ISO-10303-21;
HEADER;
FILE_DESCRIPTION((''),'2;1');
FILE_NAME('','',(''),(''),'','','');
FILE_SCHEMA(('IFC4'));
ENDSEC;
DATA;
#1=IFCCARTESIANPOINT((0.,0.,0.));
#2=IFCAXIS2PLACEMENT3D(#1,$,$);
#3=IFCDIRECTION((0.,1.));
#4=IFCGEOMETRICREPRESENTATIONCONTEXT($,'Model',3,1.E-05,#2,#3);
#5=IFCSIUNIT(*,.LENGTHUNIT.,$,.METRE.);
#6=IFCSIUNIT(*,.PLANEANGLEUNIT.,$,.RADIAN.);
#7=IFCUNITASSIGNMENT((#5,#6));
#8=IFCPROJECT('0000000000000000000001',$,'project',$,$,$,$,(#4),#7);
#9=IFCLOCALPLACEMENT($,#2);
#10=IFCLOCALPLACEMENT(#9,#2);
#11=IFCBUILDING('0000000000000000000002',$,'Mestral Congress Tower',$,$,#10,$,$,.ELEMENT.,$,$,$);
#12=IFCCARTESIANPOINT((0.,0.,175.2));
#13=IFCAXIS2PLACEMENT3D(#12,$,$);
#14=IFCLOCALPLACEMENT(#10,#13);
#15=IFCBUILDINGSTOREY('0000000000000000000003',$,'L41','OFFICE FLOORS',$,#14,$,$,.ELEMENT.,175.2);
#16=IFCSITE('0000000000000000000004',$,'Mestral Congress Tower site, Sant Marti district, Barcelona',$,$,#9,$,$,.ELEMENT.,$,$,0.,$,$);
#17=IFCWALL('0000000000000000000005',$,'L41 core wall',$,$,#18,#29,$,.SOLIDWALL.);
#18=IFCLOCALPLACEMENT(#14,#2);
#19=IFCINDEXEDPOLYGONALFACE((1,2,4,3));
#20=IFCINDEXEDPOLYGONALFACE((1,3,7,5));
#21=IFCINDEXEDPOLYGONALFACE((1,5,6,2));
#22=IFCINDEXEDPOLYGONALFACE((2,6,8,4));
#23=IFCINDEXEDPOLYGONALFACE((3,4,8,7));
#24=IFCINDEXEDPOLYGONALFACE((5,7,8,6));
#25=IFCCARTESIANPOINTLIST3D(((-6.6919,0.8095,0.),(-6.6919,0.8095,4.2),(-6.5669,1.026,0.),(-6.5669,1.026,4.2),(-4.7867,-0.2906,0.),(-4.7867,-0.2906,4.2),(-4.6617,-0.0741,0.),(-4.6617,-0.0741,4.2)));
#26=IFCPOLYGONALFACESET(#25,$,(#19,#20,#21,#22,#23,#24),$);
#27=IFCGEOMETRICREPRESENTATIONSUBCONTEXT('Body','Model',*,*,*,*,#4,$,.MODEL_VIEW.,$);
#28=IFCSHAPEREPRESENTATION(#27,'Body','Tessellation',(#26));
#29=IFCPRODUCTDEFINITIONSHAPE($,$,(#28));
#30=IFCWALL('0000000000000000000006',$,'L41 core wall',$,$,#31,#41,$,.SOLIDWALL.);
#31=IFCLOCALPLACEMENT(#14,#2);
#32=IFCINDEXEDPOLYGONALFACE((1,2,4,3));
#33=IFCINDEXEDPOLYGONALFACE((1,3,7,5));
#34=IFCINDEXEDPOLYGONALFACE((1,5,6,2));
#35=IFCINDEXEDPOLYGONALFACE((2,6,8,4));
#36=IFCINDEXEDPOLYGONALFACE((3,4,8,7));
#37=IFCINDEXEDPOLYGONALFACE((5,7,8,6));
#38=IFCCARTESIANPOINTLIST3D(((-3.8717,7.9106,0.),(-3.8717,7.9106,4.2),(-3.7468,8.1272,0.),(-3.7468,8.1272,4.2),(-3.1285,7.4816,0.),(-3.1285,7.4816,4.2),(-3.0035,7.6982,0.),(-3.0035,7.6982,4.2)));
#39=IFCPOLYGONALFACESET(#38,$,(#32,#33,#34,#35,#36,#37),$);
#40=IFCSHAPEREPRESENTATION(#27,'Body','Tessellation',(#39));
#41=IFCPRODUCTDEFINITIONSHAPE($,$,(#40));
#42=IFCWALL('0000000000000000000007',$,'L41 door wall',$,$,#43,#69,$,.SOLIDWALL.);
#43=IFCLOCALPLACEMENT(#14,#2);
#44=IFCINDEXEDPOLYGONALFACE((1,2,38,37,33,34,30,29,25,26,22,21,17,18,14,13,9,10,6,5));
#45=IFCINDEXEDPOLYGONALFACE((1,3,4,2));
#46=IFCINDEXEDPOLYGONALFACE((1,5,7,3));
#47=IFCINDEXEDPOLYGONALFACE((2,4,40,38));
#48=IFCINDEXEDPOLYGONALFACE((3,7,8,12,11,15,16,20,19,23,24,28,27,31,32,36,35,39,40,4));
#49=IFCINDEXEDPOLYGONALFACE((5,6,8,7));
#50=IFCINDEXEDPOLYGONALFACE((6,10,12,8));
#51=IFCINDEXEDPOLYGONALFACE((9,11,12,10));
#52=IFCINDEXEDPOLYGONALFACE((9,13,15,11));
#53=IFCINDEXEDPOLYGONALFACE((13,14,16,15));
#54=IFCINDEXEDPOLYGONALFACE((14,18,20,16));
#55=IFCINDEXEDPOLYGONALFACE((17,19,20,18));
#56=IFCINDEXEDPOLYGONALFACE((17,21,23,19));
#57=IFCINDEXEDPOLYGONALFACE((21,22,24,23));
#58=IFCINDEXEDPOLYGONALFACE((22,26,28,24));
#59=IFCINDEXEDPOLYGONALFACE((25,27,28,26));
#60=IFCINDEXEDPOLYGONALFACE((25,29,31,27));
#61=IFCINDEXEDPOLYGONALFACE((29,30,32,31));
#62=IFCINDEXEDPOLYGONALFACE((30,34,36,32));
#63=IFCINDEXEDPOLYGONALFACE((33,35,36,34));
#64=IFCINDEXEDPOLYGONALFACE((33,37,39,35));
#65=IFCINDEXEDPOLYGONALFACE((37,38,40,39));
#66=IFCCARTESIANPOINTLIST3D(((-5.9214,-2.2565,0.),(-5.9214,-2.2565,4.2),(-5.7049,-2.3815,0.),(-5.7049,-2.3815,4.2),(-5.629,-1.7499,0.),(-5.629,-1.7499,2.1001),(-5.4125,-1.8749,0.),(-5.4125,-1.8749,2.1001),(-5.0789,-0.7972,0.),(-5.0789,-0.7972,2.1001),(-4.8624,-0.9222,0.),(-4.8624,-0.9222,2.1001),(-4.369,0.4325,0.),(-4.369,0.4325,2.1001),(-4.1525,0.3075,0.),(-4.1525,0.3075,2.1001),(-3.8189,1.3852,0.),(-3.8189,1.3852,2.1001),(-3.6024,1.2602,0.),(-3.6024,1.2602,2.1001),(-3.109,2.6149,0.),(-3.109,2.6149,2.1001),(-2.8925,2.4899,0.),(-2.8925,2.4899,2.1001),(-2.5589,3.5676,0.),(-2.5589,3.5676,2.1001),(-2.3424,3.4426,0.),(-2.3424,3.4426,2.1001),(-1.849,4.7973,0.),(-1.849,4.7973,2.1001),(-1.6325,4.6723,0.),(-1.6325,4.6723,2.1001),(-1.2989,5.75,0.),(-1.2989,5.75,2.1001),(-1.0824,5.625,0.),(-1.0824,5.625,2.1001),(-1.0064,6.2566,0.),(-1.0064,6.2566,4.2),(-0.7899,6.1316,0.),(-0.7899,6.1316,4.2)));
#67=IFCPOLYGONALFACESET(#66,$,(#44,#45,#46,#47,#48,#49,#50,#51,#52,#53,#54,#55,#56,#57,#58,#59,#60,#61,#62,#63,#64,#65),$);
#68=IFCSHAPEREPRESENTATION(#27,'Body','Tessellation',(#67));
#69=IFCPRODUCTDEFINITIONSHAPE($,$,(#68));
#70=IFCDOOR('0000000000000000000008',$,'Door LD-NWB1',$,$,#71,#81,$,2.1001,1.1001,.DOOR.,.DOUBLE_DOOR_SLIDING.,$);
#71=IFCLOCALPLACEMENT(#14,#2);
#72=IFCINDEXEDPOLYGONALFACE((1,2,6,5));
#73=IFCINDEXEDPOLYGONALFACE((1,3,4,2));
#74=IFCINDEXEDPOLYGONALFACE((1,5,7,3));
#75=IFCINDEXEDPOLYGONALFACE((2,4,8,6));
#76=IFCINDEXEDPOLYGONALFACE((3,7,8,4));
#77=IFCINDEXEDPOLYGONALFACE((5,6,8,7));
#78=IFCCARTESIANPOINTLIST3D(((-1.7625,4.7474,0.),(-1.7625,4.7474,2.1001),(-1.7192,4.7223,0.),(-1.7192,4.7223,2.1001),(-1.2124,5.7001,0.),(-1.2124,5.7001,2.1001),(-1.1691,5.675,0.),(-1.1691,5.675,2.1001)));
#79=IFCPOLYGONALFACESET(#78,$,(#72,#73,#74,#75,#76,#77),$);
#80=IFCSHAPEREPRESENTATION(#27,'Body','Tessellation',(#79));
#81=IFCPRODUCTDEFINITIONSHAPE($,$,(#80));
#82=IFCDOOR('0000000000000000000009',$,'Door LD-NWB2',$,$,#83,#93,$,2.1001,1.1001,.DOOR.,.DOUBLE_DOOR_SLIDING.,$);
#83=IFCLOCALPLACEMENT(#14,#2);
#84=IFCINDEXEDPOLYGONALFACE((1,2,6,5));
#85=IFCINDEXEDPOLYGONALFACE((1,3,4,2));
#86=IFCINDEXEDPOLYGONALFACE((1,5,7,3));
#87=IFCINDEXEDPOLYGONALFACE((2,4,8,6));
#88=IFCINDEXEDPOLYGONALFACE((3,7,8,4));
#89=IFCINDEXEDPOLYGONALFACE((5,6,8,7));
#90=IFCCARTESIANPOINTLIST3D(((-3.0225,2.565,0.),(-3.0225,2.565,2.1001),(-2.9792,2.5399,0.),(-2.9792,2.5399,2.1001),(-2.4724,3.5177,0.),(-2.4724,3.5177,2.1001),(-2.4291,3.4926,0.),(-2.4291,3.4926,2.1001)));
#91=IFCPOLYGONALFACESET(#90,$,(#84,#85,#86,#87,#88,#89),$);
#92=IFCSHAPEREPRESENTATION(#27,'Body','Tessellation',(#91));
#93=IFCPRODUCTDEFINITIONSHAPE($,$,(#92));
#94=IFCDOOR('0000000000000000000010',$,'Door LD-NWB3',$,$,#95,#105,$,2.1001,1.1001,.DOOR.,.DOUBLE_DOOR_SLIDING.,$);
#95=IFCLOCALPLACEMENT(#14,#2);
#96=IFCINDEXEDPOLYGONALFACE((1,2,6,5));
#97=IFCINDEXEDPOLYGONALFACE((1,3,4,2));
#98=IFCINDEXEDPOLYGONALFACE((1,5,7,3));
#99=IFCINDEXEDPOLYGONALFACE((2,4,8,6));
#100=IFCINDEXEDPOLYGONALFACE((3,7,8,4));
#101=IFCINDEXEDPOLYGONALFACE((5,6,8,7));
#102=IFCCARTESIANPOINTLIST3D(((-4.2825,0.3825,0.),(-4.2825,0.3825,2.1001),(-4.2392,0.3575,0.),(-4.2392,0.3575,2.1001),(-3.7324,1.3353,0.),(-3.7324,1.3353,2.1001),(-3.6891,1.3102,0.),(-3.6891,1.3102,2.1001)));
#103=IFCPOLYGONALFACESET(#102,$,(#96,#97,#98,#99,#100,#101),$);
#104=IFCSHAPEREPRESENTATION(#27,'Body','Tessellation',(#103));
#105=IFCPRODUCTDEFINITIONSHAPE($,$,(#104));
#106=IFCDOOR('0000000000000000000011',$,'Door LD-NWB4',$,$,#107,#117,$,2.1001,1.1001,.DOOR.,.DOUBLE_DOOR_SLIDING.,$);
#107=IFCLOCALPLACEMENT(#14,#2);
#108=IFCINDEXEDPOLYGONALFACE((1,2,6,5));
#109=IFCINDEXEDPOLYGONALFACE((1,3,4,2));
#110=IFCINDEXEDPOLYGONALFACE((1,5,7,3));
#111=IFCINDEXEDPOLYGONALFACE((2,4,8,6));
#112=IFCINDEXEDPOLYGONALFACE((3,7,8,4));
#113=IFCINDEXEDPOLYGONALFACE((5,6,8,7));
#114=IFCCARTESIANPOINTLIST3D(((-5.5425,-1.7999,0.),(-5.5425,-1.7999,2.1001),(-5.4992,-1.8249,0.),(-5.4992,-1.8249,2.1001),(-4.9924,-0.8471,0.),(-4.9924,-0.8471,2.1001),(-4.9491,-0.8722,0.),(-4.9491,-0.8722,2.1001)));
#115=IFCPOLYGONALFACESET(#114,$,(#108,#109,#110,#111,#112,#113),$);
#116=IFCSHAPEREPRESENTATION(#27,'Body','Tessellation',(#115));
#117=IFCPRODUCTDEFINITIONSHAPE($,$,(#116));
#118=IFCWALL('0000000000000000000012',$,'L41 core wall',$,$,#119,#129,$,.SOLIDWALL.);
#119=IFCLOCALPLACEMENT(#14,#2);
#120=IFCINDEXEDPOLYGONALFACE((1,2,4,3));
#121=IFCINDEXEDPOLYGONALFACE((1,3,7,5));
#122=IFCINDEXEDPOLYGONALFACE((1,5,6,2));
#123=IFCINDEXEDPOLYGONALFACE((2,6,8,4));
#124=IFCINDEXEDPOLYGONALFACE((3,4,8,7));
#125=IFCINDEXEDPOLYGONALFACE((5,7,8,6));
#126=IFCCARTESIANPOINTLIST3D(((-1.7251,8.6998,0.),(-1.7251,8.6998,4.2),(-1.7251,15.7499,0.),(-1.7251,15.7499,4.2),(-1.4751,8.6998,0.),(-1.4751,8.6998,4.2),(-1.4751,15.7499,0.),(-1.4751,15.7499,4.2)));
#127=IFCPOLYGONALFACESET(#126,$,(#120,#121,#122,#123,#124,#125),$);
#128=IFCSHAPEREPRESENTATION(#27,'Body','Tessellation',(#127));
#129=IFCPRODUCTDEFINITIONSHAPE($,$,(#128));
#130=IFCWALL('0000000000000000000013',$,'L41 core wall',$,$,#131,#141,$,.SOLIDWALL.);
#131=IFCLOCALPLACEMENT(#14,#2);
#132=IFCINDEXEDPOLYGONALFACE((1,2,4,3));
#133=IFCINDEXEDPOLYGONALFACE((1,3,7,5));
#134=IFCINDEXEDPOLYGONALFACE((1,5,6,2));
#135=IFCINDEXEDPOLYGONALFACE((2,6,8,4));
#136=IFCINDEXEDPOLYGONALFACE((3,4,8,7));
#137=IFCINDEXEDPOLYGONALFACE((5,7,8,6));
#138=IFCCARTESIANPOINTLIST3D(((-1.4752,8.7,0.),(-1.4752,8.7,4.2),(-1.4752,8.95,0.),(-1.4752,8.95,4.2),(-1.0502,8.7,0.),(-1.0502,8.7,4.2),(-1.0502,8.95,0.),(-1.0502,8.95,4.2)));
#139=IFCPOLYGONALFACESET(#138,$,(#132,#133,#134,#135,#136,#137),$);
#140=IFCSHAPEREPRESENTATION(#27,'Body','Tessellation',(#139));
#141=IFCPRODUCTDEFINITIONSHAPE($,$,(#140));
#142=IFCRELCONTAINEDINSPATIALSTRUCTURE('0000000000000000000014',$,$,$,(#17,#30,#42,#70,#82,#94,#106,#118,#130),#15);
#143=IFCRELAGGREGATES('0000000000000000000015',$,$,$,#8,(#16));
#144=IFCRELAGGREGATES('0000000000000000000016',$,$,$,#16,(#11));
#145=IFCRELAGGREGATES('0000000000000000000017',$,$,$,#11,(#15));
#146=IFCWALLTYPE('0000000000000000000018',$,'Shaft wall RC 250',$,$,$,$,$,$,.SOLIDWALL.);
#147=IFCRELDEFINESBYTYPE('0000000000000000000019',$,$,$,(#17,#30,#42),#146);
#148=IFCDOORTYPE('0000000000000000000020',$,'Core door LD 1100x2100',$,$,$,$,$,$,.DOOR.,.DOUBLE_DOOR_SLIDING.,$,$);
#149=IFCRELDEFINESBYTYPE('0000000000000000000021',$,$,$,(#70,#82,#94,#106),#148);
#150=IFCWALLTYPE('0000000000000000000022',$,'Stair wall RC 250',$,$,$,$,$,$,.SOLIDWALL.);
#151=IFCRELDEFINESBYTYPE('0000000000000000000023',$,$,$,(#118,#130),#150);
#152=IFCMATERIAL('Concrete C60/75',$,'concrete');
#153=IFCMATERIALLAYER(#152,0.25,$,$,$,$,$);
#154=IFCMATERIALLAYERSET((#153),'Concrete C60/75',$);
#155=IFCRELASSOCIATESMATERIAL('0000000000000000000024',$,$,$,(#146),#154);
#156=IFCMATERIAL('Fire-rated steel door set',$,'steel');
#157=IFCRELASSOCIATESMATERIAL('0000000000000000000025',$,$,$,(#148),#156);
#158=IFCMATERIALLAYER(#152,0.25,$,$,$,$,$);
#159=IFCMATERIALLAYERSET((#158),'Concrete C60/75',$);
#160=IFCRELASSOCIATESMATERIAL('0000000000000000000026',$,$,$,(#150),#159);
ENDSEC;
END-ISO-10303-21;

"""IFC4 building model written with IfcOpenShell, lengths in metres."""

from ifc_helpers import new_model, si_unit, direction, frame, frame_2d, origin, place, context, subcontext, project, spatial, rectangle, extrude, material, layer, layer_set, type_object, element, fill, save


model = new_model("IFC4")

# Units and contexts
model_context = context("Model", 3, precision=1e-05, world=origin(), true_north=direction((0.0, 1.0)))
body_context = subcontext(model_context, "Body", "Model", "MODEL_VIEW")
ifc_project = project(units=[si_unit("LENGTHUNIT", "METRE"), si_unit("PLANEANGLEUNIT", "RADIAN")], contexts=[model_context])

# Site, building, storey
site_placement = place(None, origin())
site = spatial("IfcSite", under=ifc_project, at=site_placement, Name="Mestral Congress Tower site, Sant Marti district, Barcelona", CompositionType="ELEMENT", RefElevation=0.0)
building_placement = place(site_placement, origin())
building = spatial("IfcBuilding", under=site, at=building_placement, Name="Mestral Congress Tower", CompositionType="ELEMENT")
storey_placement = place(building_placement, frame((0.0, 0.0, 175.2)))
storey = spatial("IfcBuildingStorey", under=building, at=storey_placement, Name="L41", Description="OFFICE FLOORS", CompositionType="ELEMENT", Elevation=175.2)

# Shared definitions
ifc_material_1 = material(Name="Concrete C60/75", Category="concrete")

# Shared definitions
ifc_material_2 = material(Name="Fire-rated steel door set", Category="steel")

# Walls
ifc_layer_1 = layer(ifc_material_1, 0.25)
ifc_layer_set_1 = layer_set([ifc_layer_1], Name="Concrete C60/75")
wall_type_1 = type_object("IfcWallType", Name="Shaft wall RC 250", PredefinedType="SOLIDWALL", material=ifc_layer_set_1)
for number, where, z_axis, x_axis, name in (
    (1, (-4.7241, -0.1824, 0.0), (0.0, 0.0, 1.0), (-0.866008, 0.50003, 0.0), "L41 core wall"),
):
    element("IfcWall", number, at=place(storey_placement, frame(where, z_axis=z_axis, x_axis=x_axis)), inside=storey, type_object=wall_type_1, Name=name, PredefinedType="SOLIDWALL", context=body_context, shape_type="SweptSolid", body=[
        extrude(rectangle(XDim=2.2, YDim=0.25, at=frame_2d((1.1001, 0.0))), origin(), (0.0, 0.0, 1.0), 4.2),
    ])
wall_1_placement = place(storey_placement, frame((-3.0659, 7.5898, 0.0), z_axis=(0.0, 0.0, 1.0), x_axis=(-0.866081, 0.499903, 0.0)))
element("IfcWall", 2, at=wall_1_placement, inside=storey, type_object=wall_type_1, Name="L41 core wall", PredefinedType="SOLIDWALL", context=body_context, shape_type="SweptSolid", body=[
    extrude(rectangle(XDim=0.8582, YDim=0.25, at=frame_2d((0.4292, 0.0))), origin(), (0.0, 0.0, 1.0), 4.2),
])

# Wall, openings, doors
wall_2_placement = place(storey_placement, frame((-0.8982, 6.1941, 0.0), z_axis=(0.0, 0.0, 1.0), x_axis=(-0.499996, -0.866028, 0.0)))
wall_2 = element("IfcWall", 3, at=wall_2_placement, inside=storey, type_object=wall_type_1, Name="L41 door wall", PredefinedType="SOLIDWALL", context=body_context, shape_type="SweptSolid", body=[
    extrude(rectangle(XDim=9.8301, YDim=0.25, at=frame_2d((4.915, 0.0))), origin(), (0.0, 0.0, 1.0), 4.2),
])
opening_1_placement = place(wall_2_placement, frame((0.585, 0.0, 0.0)))
opening_1 = element("IfcOpeningElement", 4, at=opening_1_placement, cuts=wall_2, PredefinedType="OPENING", context=body_context, shape_type="SweptSolid", body=[
    extrude(rectangle(XDim=1.1001, YDim=2.1001, at=frame_2d((0.55, 1.05))), frame((0.0, 0.135, 0.0), z_axis=(0.0, -1.0, 0.0), x_axis=(1.0, 0.0, 0.0)), (0.0, 0.0, 1.0), 0.27),
])
opening_2_placement = place(wall_2_placement, frame((3.105, 0.0, 0.0)))
opening_2 = element("IfcOpeningElement", 5, at=opening_2_placement, cuts=wall_2, PredefinedType="OPENING", context=body_context, shape_type="SweptSolid", body=[
    extrude(rectangle(XDim=1.1001, YDim=2.1001, at=frame_2d((0.55, 1.05))), frame((0.0, 0.135, 0.0), z_axis=(0.0, -1.0, 0.0), x_axis=(1.0, 0.0, 0.0)), (0.0, 0.0, 1.0), 0.27),
])
opening_3_placement = place(wall_2_placement, frame((5.625, 0.0, 0.0)))
opening_3 = element("IfcOpeningElement", 6, at=opening_3_placement, cuts=wall_2, PredefinedType="OPENING", context=body_context, shape_type="SweptSolid", body=[
    extrude(rectangle(XDim=1.1001, YDim=2.1001, at=frame_2d((0.55, 1.05))), frame((0.0, 0.135, 0.0), z_axis=(0.0, -1.0, 0.0), x_axis=(1.0, 0.0, 0.0)), (0.0, 0.0, 1.0), 0.27),
])
opening_4_placement = place(wall_2_placement, frame((8.145, 0.0, 0.0)))
opening_4 = element("IfcOpeningElement", 7, at=opening_4_placement, cuts=wall_2, PredefinedType="OPENING", context=body_context, shape_type="SweptSolid", body=[
    extrude(rectangle(XDim=1.1001, YDim=2.1001, at=frame_2d((0.55, 1.05))), frame((0.0, 0.135, 0.0), z_axis=(0.0, -1.0, 0.0), x_axis=(1.0, 0.0, 0.0)), (0.0, 0.0, 1.0), 0.27),
])
door_type_1 = type_object("IfcDoorType", Name="Core door LD 1100x2100", OperationType="DOUBLE_DOOR_SLIDING", PredefinedType="DOOR", material=ifc_material_2)
door_1_placement = place(opening_1_placement, origin())
door_1 = element("IfcDoor", 8, at=door_1_placement, inside=storey, type_object=door_type_1, Name="Door LD-NWB1", OperationType="DOUBLE_DOOR_SLIDING", OverallHeight=2.1001, OverallWidth=1.1001, PredefinedType="DOOR", context=body_context, shape_type="SweptSolid", body=[
    extrude(rectangle(XDim=1.1001, YDim=2.1001, at=frame_2d((0.55, 1.05))), frame((0.0, 0.0249, 0.0), z_axis=(0.0, -1.0, 0.0), x_axis=(1.0, 0.0, 0.0)), (0.0, 0.0, 1.0), 0.05),
])
fill(opening_1, door_1)
door_2_placement = place(opening_2_placement, origin())
door_2 = element("IfcDoor", 9, at=door_2_placement, inside=storey, type_object=door_type_1, Name="Door LD-NWB2", OperationType="DOUBLE_DOOR_SLIDING", OverallHeight=2.1001, OverallWidth=1.1001, PredefinedType="DOOR", context=body_context, shape_type="SweptSolid", body=[
    extrude(rectangle(XDim=1.1001, YDim=2.1001, at=frame_2d((0.55, 1.05))), frame((0.0, 0.0249, 0.0), z_axis=(0.0, -1.0, 0.0), x_axis=(1.0, 0.0, 0.0)), (0.0, 0.0, 1.0), 0.05),
])
fill(opening_2, door_2)
door_3_placement = place(opening_3_placement, origin())
door_3 = element("IfcDoor", 10, at=door_3_placement, inside=storey, type_object=door_type_1, Name="Door LD-NWB3", OperationType="DOUBLE_DOOR_SLIDING", OverallHeight=2.1001, OverallWidth=1.1001, PredefinedType="DOOR", context=body_context, shape_type="SweptSolid", body=[
    extrude(rectangle(XDim=1.1001, YDim=2.1001, at=frame_2d((0.55, 1.05))), frame((0.0, 0.0249, 0.0), z_axis=(0.0, -1.0, 0.0), x_axis=(1.0, 0.0, 0.0)), (0.0, 0.0, 1.0), 0.05),
])
fill(opening_3, door_3)
door_4_placement = place(opening_4_placement, origin())
door_4 = element("IfcDoor", 11, at=door_4_placement, inside=storey, type_object=door_type_1, Name="Door LD-NWB4", OperationType="DOUBLE_DOOR_SLIDING", OverallHeight=2.1001, OverallWidth=1.1001, PredefinedType="DOOR", context=body_context, shape_type="SweptSolid", body=[
    extrude(rectangle(XDim=1.1001, YDim=2.1001, at=frame_2d((0.55, 1.05))), frame((0.0, 0.0249, 0.0), z_axis=(0.0, -1.0, 0.0), x_axis=(1.0, 0.0, 0.0)), (0.0, 0.0, 1.0), 0.05),
])
fill(opening_4, door_4)

# Walls
ifc_layer_2 = layer(ifc_material_1, 0.25)
ifc_layer_set_2 = layer_set([ifc_layer_2], Name="Concrete C60/75")
wall_type_2 = type_object("IfcWallType", Name="Stair wall RC 250", PredefinedType="SOLIDWALL", material=ifc_layer_set_2)
wall_3_placement = place(storey_placement, frame((-1.6001, 8.7, 0.0), z_axis=(0.0, 0.0, 1.0), x_axis=(0.0, 1.0, 0.0)))
element("IfcWall", 12, at=wall_3_placement, inside=storey, type_object=wall_type_2, Name="L41 core wall", PredefinedType="SOLIDWALL", context=body_context, shape_type="SweptSolid", body=[
    extrude(rectangle(XDim=7.05, YDim=0.25, at=frame_2d((3.5249, 0.0))), origin(), (0.0, 0.0, 1.0), 4.2),
])
wall_4_placement = place(storey_placement, frame((-1.4751, 8.825, 0.0), z_axis=(0.0, 0.0, 1.0), x_axis=(1.0, 0.0, 0.0)))
element("IfcWall", 13, at=wall_4_placement, inside=storey, type_object=wall_type_2, Name="L41 core wall", PredefinedType="SOLIDWALL", context=body_context, shape_type="SweptSolid", body=[
    extrude(rectangle(XDim=0.425, YDim=0.25, at=frame_2d((0.2124, 0.0))), origin(), (0.0, 0.0, 1.0), 4.2),
])

save(model, "model.ifc")
